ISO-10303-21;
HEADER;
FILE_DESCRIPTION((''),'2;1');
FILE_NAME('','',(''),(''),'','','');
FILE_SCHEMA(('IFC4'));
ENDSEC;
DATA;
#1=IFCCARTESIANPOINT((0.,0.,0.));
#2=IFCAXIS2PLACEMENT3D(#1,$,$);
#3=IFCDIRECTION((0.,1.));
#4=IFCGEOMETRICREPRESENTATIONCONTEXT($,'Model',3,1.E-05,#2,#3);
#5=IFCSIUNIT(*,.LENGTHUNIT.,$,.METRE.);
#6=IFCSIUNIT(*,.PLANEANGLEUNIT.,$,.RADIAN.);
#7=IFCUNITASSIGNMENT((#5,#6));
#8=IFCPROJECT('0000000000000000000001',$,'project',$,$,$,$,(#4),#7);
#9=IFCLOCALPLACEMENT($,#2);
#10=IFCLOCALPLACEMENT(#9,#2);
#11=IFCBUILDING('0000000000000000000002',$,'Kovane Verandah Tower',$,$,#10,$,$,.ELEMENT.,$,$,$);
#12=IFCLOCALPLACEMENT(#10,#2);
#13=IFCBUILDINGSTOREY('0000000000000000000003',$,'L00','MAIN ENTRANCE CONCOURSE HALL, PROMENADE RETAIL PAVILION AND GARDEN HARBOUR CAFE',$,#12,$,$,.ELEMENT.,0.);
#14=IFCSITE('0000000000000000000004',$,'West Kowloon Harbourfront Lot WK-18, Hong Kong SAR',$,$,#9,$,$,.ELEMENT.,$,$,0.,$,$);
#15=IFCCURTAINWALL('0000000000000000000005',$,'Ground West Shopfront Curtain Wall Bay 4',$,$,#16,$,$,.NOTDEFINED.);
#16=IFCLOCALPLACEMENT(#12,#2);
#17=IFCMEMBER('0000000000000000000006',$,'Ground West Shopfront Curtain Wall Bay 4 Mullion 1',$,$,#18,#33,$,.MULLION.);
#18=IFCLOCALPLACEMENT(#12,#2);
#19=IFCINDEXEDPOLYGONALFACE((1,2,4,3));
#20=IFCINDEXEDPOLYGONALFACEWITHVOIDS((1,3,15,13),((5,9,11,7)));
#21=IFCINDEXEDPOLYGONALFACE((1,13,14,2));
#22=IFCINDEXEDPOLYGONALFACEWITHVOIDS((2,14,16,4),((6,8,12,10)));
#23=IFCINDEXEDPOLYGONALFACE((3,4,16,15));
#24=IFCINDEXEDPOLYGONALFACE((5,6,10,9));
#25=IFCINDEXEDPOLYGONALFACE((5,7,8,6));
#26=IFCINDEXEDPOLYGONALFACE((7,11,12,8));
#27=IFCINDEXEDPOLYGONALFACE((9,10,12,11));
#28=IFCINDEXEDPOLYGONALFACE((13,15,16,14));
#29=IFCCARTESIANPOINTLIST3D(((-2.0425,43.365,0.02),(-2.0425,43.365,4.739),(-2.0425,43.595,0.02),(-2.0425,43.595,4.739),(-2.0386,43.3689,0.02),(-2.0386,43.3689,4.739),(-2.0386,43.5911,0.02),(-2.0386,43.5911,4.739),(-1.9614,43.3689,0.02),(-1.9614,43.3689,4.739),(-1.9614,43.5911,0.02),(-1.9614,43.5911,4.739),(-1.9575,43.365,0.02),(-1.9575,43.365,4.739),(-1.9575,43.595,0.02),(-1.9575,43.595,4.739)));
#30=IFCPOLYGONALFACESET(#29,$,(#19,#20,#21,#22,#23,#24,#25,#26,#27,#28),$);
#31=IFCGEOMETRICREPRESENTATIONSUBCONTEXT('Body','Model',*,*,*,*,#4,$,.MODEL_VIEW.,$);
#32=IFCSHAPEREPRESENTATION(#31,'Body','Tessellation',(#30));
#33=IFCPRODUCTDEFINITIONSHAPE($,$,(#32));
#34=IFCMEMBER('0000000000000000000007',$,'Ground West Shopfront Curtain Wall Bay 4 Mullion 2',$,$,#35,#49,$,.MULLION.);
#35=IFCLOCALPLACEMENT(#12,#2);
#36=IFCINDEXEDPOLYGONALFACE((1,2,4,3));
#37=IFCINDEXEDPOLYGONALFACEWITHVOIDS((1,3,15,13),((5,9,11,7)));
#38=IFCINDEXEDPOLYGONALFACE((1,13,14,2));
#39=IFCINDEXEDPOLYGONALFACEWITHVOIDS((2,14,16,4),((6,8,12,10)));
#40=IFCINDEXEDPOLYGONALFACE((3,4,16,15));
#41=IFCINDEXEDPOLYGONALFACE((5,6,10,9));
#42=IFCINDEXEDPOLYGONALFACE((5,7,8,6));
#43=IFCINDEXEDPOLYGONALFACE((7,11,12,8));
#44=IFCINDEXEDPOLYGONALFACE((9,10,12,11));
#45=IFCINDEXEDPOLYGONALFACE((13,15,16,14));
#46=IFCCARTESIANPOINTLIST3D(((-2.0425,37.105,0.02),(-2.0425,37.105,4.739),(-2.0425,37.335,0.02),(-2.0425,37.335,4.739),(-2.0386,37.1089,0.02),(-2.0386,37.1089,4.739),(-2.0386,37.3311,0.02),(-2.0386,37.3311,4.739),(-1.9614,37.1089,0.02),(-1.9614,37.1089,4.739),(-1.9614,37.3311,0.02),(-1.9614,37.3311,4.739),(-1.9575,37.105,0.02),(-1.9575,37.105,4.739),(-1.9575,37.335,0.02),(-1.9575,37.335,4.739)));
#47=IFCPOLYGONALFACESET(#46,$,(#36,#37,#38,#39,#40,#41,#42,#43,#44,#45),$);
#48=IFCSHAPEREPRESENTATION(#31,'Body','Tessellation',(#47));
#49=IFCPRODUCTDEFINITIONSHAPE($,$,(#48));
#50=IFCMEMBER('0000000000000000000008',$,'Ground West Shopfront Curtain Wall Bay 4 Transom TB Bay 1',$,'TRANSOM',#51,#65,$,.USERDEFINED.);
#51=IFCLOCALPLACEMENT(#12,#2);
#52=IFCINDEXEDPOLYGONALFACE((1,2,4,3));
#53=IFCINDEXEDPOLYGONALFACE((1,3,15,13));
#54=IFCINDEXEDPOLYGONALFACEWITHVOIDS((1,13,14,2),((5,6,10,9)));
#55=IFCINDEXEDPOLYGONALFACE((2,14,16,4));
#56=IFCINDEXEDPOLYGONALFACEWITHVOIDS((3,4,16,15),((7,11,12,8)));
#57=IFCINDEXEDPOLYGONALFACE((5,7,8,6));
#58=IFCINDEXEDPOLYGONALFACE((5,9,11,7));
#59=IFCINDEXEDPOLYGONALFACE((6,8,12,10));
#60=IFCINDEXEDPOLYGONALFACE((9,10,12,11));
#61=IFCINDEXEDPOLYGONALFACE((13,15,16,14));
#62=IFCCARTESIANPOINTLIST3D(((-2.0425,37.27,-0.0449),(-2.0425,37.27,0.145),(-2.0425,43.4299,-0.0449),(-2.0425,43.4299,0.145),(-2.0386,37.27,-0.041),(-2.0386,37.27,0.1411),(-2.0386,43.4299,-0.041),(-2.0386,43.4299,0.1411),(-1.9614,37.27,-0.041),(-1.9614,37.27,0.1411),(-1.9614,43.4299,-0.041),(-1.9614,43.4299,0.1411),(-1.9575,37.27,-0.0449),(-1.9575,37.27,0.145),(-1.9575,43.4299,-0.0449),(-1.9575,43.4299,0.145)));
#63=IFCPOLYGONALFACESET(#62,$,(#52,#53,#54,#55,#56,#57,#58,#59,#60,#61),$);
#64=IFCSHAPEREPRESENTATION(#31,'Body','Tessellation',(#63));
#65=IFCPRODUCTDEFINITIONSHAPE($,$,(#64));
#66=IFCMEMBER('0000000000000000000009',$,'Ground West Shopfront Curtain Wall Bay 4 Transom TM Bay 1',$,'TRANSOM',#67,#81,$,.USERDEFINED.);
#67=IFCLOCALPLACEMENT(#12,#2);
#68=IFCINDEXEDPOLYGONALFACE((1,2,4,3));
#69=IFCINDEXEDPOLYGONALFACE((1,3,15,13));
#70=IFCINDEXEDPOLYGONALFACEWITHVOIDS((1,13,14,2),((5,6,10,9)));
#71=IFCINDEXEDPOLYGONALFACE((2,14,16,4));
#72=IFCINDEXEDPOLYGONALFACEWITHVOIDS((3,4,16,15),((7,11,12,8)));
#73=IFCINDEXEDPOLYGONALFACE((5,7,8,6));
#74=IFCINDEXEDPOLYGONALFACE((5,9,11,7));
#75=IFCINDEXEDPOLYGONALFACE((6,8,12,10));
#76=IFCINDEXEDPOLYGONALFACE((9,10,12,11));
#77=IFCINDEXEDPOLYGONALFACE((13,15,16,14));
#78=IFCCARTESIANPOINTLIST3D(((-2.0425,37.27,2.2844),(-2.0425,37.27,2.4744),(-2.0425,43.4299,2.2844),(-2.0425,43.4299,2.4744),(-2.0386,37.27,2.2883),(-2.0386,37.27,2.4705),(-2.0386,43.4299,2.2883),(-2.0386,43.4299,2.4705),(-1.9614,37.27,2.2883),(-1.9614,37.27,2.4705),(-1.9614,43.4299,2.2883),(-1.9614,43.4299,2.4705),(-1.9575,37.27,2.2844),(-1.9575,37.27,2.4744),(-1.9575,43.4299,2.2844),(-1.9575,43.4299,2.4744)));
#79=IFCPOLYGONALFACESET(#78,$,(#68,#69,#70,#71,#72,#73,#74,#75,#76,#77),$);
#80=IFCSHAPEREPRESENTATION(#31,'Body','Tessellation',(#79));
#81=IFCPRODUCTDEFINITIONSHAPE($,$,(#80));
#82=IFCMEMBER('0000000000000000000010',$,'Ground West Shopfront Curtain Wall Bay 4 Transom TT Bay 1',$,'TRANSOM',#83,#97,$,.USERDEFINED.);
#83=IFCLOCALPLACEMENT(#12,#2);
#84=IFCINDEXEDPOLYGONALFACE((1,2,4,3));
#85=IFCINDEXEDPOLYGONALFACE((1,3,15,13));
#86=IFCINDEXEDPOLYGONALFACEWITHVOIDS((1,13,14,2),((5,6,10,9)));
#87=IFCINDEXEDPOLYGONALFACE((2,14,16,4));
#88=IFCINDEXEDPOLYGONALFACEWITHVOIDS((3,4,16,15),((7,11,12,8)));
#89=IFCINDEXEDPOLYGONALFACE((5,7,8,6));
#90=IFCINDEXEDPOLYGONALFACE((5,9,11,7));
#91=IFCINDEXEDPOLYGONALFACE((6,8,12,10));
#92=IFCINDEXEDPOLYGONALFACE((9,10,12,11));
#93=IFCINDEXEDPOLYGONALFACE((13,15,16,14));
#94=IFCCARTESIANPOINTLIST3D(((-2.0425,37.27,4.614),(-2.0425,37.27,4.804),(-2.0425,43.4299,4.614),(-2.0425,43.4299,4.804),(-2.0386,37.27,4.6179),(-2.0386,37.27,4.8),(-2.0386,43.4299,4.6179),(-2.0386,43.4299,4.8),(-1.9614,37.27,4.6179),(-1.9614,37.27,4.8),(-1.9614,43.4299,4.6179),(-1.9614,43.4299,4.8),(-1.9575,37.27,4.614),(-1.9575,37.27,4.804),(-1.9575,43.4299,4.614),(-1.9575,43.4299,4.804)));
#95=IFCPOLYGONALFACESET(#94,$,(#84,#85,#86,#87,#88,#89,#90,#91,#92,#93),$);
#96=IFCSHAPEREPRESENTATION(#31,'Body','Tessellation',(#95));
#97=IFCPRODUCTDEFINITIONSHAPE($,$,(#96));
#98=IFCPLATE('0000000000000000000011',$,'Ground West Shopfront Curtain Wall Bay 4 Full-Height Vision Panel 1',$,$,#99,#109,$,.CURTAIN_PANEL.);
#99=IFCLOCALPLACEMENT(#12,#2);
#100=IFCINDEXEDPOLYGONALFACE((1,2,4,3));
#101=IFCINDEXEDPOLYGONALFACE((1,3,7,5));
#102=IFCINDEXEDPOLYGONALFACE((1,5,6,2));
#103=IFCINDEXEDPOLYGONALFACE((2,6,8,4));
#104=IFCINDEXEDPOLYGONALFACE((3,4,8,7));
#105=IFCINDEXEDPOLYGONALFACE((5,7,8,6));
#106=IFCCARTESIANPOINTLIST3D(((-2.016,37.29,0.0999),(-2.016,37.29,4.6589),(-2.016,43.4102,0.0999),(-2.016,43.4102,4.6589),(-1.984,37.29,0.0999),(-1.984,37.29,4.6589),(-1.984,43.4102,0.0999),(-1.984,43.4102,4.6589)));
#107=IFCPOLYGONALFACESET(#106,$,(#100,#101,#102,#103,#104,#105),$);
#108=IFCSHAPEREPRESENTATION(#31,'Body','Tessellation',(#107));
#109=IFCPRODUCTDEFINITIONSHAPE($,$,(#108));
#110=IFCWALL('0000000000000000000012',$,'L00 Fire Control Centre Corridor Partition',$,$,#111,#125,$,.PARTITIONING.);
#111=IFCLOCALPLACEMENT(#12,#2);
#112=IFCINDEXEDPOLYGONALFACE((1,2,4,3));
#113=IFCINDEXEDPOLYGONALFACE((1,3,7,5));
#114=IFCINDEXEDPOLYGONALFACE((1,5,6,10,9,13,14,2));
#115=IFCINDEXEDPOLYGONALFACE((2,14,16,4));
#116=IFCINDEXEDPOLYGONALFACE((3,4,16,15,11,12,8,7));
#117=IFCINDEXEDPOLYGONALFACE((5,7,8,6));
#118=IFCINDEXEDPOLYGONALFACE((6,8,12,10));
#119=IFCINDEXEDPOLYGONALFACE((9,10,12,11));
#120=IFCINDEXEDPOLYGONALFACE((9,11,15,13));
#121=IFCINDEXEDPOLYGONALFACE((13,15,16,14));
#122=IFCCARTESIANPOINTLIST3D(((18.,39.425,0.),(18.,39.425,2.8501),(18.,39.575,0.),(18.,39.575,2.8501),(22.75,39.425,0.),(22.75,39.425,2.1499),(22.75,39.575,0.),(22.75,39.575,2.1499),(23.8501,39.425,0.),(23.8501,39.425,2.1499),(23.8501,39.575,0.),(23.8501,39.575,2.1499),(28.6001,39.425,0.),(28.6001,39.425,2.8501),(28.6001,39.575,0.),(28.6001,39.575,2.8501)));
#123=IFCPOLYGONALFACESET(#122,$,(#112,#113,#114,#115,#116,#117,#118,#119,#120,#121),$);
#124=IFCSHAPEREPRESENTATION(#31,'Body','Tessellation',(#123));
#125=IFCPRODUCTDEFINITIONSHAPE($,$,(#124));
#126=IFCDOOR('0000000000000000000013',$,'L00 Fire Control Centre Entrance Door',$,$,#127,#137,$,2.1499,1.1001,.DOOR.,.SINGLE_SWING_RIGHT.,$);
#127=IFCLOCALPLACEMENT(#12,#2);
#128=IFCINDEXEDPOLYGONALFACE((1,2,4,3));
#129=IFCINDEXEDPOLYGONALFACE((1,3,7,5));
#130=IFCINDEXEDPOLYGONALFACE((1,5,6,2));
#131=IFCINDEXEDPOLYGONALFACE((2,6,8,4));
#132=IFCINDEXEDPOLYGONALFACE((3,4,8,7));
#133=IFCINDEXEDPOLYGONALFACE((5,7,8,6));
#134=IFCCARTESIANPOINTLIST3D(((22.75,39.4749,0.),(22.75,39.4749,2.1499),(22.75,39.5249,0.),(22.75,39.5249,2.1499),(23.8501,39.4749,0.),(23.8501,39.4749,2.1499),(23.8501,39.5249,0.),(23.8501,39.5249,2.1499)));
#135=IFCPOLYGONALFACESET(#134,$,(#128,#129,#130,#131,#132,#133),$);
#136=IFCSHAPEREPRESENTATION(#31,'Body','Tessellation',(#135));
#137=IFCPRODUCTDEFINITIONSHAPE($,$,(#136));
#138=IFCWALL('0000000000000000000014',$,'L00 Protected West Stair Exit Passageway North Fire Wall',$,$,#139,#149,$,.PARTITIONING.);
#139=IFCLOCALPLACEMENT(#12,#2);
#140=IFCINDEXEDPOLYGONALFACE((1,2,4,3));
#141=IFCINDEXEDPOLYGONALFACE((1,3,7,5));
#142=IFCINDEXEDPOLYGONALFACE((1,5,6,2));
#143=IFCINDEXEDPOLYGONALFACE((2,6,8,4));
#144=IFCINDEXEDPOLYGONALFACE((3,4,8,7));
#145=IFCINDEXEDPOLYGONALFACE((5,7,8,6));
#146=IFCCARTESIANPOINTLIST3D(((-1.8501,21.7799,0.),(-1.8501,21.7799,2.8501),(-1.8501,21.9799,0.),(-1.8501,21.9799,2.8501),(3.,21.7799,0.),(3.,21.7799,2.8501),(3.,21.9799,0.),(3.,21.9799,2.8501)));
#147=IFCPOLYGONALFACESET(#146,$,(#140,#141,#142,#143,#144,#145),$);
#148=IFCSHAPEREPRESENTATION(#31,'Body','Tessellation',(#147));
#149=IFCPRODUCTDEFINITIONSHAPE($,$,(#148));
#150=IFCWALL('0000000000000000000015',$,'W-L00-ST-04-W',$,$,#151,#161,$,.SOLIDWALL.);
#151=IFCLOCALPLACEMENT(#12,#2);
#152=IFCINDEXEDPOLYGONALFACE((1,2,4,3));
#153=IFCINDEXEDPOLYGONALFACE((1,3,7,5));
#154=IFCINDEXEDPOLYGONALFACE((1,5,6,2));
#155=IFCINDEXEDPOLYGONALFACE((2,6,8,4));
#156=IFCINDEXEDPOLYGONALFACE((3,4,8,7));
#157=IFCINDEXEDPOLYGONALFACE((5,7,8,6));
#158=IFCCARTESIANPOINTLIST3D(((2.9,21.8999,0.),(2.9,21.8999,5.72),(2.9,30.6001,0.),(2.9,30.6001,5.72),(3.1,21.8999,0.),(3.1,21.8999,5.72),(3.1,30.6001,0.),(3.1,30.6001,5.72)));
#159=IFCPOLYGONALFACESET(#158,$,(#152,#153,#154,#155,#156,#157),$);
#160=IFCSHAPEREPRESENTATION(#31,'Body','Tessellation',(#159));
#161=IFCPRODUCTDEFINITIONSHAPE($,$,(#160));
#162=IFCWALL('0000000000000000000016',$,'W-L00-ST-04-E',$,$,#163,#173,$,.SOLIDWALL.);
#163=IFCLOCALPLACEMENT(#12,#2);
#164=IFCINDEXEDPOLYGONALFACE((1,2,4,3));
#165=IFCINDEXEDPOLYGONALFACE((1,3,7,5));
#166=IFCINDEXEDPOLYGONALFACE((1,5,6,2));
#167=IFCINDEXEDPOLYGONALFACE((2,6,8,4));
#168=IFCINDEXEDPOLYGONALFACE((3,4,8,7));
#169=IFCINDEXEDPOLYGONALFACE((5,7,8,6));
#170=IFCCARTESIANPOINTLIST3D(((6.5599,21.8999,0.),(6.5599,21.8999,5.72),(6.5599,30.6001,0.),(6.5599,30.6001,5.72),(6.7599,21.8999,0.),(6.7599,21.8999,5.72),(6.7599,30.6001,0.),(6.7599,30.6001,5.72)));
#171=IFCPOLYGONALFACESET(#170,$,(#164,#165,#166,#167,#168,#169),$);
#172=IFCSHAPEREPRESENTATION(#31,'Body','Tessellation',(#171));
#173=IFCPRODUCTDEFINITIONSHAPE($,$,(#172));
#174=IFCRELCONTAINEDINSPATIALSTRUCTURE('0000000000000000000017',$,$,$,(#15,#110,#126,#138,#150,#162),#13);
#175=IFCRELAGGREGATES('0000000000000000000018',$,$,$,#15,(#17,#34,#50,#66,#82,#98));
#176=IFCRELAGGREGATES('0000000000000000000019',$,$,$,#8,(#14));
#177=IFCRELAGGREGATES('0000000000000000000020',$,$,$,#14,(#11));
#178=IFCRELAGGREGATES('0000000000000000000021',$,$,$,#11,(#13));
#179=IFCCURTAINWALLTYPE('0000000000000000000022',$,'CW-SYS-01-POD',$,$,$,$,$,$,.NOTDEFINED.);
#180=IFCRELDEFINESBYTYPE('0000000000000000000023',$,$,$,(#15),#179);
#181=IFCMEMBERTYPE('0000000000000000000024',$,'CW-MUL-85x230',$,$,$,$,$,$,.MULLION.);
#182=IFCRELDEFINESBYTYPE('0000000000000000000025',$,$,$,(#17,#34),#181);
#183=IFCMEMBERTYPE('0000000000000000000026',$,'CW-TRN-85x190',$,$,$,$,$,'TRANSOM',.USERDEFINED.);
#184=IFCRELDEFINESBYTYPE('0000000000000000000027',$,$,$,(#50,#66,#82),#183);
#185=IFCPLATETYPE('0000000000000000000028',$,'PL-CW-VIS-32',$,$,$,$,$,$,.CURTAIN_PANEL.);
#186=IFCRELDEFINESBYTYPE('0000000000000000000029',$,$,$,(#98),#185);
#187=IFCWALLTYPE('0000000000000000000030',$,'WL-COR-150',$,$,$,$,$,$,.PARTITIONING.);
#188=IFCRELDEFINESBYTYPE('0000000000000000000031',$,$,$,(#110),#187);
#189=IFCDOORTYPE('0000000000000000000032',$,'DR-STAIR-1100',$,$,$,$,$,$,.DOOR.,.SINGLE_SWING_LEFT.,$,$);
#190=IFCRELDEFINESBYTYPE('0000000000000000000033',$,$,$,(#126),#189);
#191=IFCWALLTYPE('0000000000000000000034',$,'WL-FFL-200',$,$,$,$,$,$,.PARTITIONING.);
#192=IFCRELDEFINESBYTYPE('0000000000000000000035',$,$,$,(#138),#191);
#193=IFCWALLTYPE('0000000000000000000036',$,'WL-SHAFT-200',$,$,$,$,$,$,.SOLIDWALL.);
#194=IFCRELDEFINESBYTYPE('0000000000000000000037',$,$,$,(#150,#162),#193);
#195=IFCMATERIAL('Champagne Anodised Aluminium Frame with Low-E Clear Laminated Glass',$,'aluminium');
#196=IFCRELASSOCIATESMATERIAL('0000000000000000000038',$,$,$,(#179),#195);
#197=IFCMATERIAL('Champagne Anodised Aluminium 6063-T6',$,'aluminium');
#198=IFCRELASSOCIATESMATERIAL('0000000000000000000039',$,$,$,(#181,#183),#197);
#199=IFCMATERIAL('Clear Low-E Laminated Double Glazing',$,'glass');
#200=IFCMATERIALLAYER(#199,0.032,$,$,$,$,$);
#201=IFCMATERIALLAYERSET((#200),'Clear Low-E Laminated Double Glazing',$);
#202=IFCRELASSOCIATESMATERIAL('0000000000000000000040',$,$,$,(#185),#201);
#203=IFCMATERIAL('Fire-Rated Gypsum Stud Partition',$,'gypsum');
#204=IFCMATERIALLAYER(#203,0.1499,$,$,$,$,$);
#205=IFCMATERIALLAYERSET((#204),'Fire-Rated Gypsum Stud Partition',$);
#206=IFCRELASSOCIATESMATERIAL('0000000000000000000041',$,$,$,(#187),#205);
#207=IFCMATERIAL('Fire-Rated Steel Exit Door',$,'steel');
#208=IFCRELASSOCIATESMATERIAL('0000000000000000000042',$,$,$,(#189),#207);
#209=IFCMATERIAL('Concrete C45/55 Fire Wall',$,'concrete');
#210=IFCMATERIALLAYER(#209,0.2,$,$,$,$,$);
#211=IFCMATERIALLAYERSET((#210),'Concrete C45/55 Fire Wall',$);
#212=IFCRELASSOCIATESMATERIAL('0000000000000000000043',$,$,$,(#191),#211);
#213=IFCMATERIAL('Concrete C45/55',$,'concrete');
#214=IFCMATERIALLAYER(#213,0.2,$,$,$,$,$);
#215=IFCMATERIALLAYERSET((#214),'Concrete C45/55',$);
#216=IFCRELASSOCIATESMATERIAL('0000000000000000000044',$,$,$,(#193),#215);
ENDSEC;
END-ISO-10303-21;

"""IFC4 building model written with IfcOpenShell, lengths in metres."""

from ifc_helpers import new_model, si_unit, direction, frame, frame_2d, origin, origin_2d, place, context, subcontext, project, spatial, rectangle, hollow_rectangle, extrude, material, layer, layer_set, material_profile, profile_set, type_object, element, fill, aggregate, save


model = new_model("IFC4")

# Units and contexts
model_context = context("Model", 3, precision=1e-05, world=origin(), true_north=direction((0.0, 1.0)))
body_context = subcontext(model_context, "Body", "Model", "MODEL_VIEW")
ifc_project = project(units=[si_unit("LENGTHUNIT", "METRE"), si_unit("PLANEANGLEUNIT", "RADIAN")], contexts=[model_context])

# Site, building, storey
site_placement = place(None, origin())
site = spatial("IfcSite", under=ifc_project, at=site_placement, Name="West Kowloon Harbourfront Lot WK-18, Hong Kong SAR", CompositionType="ELEMENT", RefElevation=0.0)
building_placement = place(site_placement, origin())
building = spatial("IfcBuilding", under=site, at=building_placement, Name="Kovane Verandah Tower", CompositionType="ELEMENT")
storey_placement = place(building_placement, origin())
storey = spatial("IfcBuildingStorey", under=building, at=storey_placement, Name="L00", Description="MAIN ENTRANCE CONCOURSE HALL, PROMENADE RETAIL PAVILION AND GARDEN HARBOUR CAFE", CompositionType="ELEMENT", Elevation=0.0)

# Curtain wall, members, plate
ifc_material_1 = material(Name="Champagne Anodised Aluminium Frame with Low-E Clear Laminated Glass", Category="aluminium")
curtain_wall_type = type_object("IfcCurtainWallType", Name="CW-SYS-01-POD", PredefinedType="NOTDEFINED", material=ifc_material_1)
curtain_wall_placement = place(storey_placement, origin())
curtain_wall = element("IfcCurtainWall", 1, at=curtain_wall_placement, inside=storey, type_object=curtain_wall_type, Name="Ground West Shopfront Curtain Wall Bay 4", PredefinedType="NOTDEFINED")
ifc_material_2 = material(Name="Champagne Anodised Aluminium 6063-T6", Category="aluminium")
ifc_material_profile_1 = material_profile(ifc_material_2, hollow_rectangle(XDim=0.085, YDim=0.23, WallThickness=0.0039, at=origin_2d()), Name="AL85x230x4")
ifc_profile_set_1 = profile_set([ifc_material_profile_1], Name="Champagne Anodised Aluminium 6063-T6")
member_type_1 = type_object("IfcMemberType", Name="CW-MUL-85x230", PredefinedType="MULLION", material=ifc_profile_set_1)
member_1_placement = place(storey_placement, frame((-2.0, 43.48, 0.02), z_axis=(0.0, 0.0, 1.0), x_axis=(-1.0, 0.0, 0.0)))
member_1 = element("IfcMember", 2, at=member_1_placement, type_object=member_type_1, Name="Ground West Shopfront Curtain Wall Bay 4 Mullion 1", PredefinedType="MULLION", context=body_context, shape_type="SweptSolid", body=[
    extrude(hollow_rectangle(XDim=0.085, YDim=0.23, WallThickness=0.0039, at=origin_2d()), origin(), (0.0, 0.0, 1.0), 4.719),
])
member_2_placement = place(storey_placement, frame((-2.0, 37.22, 0.02), z_axis=(0.0, 0.0, 1.0), x_axis=(-1.0, 0.0, 0.0)))
member_2 = element("IfcMember", 3, at=member_2_placement, type_object=member_type_1, Name="Ground West Shopfront Curtain Wall Bay 4 Mullion 2", PredefinedType="MULLION", context=body_context, shape_type="SweptSolid", body=[
    extrude(hollow_rectangle(XDim=0.085, YDim=0.23, WallThickness=0.0039, at=origin_2d()), origin(), (0.0, 0.0, 1.0), 4.719),
])
ifc_material_profile_2 = material_profile(ifc_material_2, hollow_rectangle(XDim=0.085, YDim=0.1899, WallThickness=0.0039, at=origin_2d()), Name="AL85x190x4")
ifc_profile_set_2 = profile_set([ifc_material_profile_2], Name="Champagne Anodised Aluminium 6063-T6")
member_type_2 = type_object("IfcMemberType", Name="CW-TRN-85x190", ElementType="TRANSOM", PredefinedType="USERDEFINED", material=ifc_profile_set_2)
member_3_placement = place(storey_placement, frame((-2.0, 43.4299, 0.05), z_axis=(0.0, -1.0, 0.0), x_axis=(1.0, 0.0, 0.0)))
member_3 = element("IfcMember", 4, at=member_3_placement, type_object=member_type_2, Name="Ground West Shopfront Curtain Wall Bay 4 Transom TB Bay 1", ObjectType="TRANSOM", PredefinedType="USERDEFINED", context=body_context, shape_type="SweptSolid", body=[
    extrude(hollow_rectangle(XDim=0.085, YDim=0.1899, WallThickness=0.0039, at=origin_2d()), origin(), (0.0, 0.0, 1.0), 6.1599),
])
member_4_placement = place(storey_placement, frame((-2.0, 43.4299, 2.3794), z_axis=(0.0, -1.0, 0.0), x_axis=(1.0, 0.0, 0.0)))
member_4 = element("IfcMember", 5, at=member_4_placement, type_object=member_type_2, Name="Ground West Shopfront Curtain Wall Bay 4 Transom TM Bay 1", ObjectType="TRANSOM", PredefinedType="USERDEFINED", context=body_context, shape_type="SweptSolid", body=[
    extrude(hollow_rectangle(XDim=0.085, YDim=0.1899, WallThickness=0.0039, at=origin_2d()), origin(), (0.0, 0.0, 1.0), 6.1599),
])
member_5_placement = place(storey_placement, frame((-2.0, 43.4299, 4.709), z_axis=(0.0, -1.0, 0.0), x_axis=(1.0, 0.0, 0.0)))
member_5 = element("IfcMember", 6, at=member_5_placement, type_object=member_type_2, Name="Ground West Shopfront Curtain Wall Bay 4 Transom TT Bay 1", ObjectType="TRANSOM", PredefinedType="USERDEFINED", context=body_context, shape_type="SweptSolid", body=[
    extrude(hollow_rectangle(XDim=0.085, YDim=0.1899, WallThickness=0.0039, at=origin_2d()), origin(), (0.0, 0.0, 1.0), 6.1599),
])
ifc_material_3 = material(Name="Clear Low-E Laminated Double Glazing", Category="glass")
ifc_layer_1 = layer(ifc_material_3, 0.032)
ifc_layer_set_1 = layer_set([ifc_layer_1], Name="Clear Low-E Laminated Double Glazing")
plate_type = type_object("IfcPlateType", Name="PL-CW-VIS-32", PredefinedType="CURTAIN_PANEL", material=ifc_layer_set_1)
plate_placement = place(storey_placement, frame((-2.0, 40.3501, 0.0999), z_axis=(0.0, 0.0, 1.0), x_axis=(0.0, -1.0, 0.0)))
plate = element("IfcPlate", 7, at=plate_placement, type_object=plate_type, Name="Ground West Shopfront Curtain Wall Bay 4 Full-Height Vision Panel 1", PredefinedType="CURTAIN_PANEL", context=body_context, shape_type="SweptSolid", body=[
    extrude(rectangle(XDim=6.1201, YDim=0.032, at=origin_2d()), origin(), (0.0, 0.0, 1.0), 4.5591),
])
aggregate(curtain_wall, [member_1, member_2, member_3, member_4, member_5, plate])

# Wall, opening, door
ifc_material_4 = material(Name="Fire-Rated Gypsum Stud Partition", Category="gypsum")
ifc_layer_2 = layer(ifc_material_4, 0.1499)
ifc_layer_set_2 = layer_set([ifc_layer_2], Name="Fire-Rated Gypsum Stud Partition")
wall_type_1 = type_object("IfcWallType", Name="WL-COR-150", PredefinedType="PARTITIONING", material=ifc_layer_set_2)
wall_1_placement = place(storey_placement, frame((18.0, 39.5, 0.0), z_axis=(0.0, 0.0, 1.0), x_axis=(1.0, 0.0, 0.0)))
wall_1 = element("IfcWall", 8, at=wall_1_placement, inside=storey, type_object=wall_type_1, Name="L00 Fire Control Centre Corridor Partition", PredefinedType="PARTITIONING", context=body_context, shape_type="SweptSolid", body=[
    extrude(rectangle(XDim=10.6001, YDim=0.1499, at=frame_2d((5.3, 0.0))), origin(), (0.0, 0.0, 1.0), 2.8501),
])
opening_1_placement = place(wall_1_placement, frame((4.75, 0.0, 0.0)))
opening_1 = element("IfcOpeningElement", 9, at=opening_1_placement, cuts=wall_1, PredefinedType="OPENING", context=body_context, shape_type="SweptSolid", body=[
    extrude(rectangle(XDim=1.1001, YDim=2.1499, at=frame_2d((0.55, 1.075))), frame((0.0, 0.075, 0.0), z_axis=(0.0, -1.0, 0.0), x_axis=(1.0, 0.0, 0.0)), (0.0, 0.0, 1.0), 0.1499),
])
ifc_material_5 = material(Name="Fire-Rated Steel Exit Door", Category="steel")
door_type = type_object("IfcDoorType", Name="DR-STAIR-1100", OperationType="SINGLE_SWING_LEFT", PredefinedType="DOOR", material=ifc_material_5)
door_1_placement = place(opening_1_placement, origin())
door_1 = element("IfcDoor", 10, at=door_1_placement, inside=storey, type_object=door_type, Name="L00 Fire Control Centre Entrance Door", OperationType="SINGLE_SWING_RIGHT", OverallHeight=2.1499, OverallWidth=1.1001, PredefinedType="DOOR", context=body_context, shape_type="SweptSolid", body=[
    extrude(rectangle(XDim=1.1001, YDim=2.1499, at=frame_2d((0.55, 1.075))), frame((0.0, 0.0249, 0.0), z_axis=(0.0, -1.0, 0.0), x_axis=(1.0, 0.0, 0.0)), (0.0, 0.0, 1.0), 0.05),
])
fill(opening_1, door_1)

# Walls
ifc_material_6 = material(Name="Concrete C45/55 Fire Wall", Category="concrete")
ifc_layer_3 = layer(ifc_material_6, 0.2)
ifc_layer_set_3 = layer_set([ifc_layer_3], Name="Concrete C45/55 Fire Wall")
wall_type_2 = type_object("IfcWallType", Name="WL-FFL-200", PredefinedType="PARTITIONING", material=ifc_layer_set_3)
wall_2_placement = place(storey_placement, frame((-1.8501, 21.8799, 0.0), z_axis=(0.0, 0.0, 1.0), x_axis=(1.0, 0.0, 0.0)))
element("IfcWall", 11, at=wall_2_placement, inside=storey, type_object=wall_type_2, Name="L00 Protected West Stair Exit Passageway North Fire Wall", PredefinedType="PARTITIONING", context=body_context, shape_type="SweptSolid", body=[
    extrude(rectangle(XDim=4.8501, YDim=0.2, at=frame_2d((2.425, 0.0))), origin(), (0.0, 0.0, 1.0), 2.8501),
])
ifc_material_7 = material(Name="Concrete C45/55", Category="concrete")
ifc_layer_4 = layer(ifc_material_7, 0.2)
ifc_layer_set_4 = layer_set([ifc_layer_4], Name="Concrete C45/55")
wall_type_3 = type_object("IfcWallType", Name="WL-SHAFT-200", PredefinedType="SOLIDWALL", material=ifc_layer_set_4)
for number, where, z_axis, x_axis, name in (
    (12, (3.0, 21.8999, 0.0), (0.0, 0.0, 1.0), (0.0, 1.0, 0.0), "W-L00-ST-04-W"),
    (13, (6.6599, 21.8999, 0.0), (0.0, 0.0, 1.0), (0.0, 1.0, 0.0), "W-L00-ST-04-E"),
):
    element("IfcWall", number, at=place(storey_placement, frame(where, z_axis=z_axis, x_axis=x_axis)), inside=storey, type_object=wall_type_3, Name=name, PredefinedType="SOLIDWALL", context=body_context, shape_type="SweptSolid", body=[
        extrude(rectangle(XDim=8.7002, YDim=0.2, at=frame_2d((4.3501, 0.0))), origin(), (0.0, 0.0, 1.0), 5.72),
    ])

save(model, "model.ifc")
